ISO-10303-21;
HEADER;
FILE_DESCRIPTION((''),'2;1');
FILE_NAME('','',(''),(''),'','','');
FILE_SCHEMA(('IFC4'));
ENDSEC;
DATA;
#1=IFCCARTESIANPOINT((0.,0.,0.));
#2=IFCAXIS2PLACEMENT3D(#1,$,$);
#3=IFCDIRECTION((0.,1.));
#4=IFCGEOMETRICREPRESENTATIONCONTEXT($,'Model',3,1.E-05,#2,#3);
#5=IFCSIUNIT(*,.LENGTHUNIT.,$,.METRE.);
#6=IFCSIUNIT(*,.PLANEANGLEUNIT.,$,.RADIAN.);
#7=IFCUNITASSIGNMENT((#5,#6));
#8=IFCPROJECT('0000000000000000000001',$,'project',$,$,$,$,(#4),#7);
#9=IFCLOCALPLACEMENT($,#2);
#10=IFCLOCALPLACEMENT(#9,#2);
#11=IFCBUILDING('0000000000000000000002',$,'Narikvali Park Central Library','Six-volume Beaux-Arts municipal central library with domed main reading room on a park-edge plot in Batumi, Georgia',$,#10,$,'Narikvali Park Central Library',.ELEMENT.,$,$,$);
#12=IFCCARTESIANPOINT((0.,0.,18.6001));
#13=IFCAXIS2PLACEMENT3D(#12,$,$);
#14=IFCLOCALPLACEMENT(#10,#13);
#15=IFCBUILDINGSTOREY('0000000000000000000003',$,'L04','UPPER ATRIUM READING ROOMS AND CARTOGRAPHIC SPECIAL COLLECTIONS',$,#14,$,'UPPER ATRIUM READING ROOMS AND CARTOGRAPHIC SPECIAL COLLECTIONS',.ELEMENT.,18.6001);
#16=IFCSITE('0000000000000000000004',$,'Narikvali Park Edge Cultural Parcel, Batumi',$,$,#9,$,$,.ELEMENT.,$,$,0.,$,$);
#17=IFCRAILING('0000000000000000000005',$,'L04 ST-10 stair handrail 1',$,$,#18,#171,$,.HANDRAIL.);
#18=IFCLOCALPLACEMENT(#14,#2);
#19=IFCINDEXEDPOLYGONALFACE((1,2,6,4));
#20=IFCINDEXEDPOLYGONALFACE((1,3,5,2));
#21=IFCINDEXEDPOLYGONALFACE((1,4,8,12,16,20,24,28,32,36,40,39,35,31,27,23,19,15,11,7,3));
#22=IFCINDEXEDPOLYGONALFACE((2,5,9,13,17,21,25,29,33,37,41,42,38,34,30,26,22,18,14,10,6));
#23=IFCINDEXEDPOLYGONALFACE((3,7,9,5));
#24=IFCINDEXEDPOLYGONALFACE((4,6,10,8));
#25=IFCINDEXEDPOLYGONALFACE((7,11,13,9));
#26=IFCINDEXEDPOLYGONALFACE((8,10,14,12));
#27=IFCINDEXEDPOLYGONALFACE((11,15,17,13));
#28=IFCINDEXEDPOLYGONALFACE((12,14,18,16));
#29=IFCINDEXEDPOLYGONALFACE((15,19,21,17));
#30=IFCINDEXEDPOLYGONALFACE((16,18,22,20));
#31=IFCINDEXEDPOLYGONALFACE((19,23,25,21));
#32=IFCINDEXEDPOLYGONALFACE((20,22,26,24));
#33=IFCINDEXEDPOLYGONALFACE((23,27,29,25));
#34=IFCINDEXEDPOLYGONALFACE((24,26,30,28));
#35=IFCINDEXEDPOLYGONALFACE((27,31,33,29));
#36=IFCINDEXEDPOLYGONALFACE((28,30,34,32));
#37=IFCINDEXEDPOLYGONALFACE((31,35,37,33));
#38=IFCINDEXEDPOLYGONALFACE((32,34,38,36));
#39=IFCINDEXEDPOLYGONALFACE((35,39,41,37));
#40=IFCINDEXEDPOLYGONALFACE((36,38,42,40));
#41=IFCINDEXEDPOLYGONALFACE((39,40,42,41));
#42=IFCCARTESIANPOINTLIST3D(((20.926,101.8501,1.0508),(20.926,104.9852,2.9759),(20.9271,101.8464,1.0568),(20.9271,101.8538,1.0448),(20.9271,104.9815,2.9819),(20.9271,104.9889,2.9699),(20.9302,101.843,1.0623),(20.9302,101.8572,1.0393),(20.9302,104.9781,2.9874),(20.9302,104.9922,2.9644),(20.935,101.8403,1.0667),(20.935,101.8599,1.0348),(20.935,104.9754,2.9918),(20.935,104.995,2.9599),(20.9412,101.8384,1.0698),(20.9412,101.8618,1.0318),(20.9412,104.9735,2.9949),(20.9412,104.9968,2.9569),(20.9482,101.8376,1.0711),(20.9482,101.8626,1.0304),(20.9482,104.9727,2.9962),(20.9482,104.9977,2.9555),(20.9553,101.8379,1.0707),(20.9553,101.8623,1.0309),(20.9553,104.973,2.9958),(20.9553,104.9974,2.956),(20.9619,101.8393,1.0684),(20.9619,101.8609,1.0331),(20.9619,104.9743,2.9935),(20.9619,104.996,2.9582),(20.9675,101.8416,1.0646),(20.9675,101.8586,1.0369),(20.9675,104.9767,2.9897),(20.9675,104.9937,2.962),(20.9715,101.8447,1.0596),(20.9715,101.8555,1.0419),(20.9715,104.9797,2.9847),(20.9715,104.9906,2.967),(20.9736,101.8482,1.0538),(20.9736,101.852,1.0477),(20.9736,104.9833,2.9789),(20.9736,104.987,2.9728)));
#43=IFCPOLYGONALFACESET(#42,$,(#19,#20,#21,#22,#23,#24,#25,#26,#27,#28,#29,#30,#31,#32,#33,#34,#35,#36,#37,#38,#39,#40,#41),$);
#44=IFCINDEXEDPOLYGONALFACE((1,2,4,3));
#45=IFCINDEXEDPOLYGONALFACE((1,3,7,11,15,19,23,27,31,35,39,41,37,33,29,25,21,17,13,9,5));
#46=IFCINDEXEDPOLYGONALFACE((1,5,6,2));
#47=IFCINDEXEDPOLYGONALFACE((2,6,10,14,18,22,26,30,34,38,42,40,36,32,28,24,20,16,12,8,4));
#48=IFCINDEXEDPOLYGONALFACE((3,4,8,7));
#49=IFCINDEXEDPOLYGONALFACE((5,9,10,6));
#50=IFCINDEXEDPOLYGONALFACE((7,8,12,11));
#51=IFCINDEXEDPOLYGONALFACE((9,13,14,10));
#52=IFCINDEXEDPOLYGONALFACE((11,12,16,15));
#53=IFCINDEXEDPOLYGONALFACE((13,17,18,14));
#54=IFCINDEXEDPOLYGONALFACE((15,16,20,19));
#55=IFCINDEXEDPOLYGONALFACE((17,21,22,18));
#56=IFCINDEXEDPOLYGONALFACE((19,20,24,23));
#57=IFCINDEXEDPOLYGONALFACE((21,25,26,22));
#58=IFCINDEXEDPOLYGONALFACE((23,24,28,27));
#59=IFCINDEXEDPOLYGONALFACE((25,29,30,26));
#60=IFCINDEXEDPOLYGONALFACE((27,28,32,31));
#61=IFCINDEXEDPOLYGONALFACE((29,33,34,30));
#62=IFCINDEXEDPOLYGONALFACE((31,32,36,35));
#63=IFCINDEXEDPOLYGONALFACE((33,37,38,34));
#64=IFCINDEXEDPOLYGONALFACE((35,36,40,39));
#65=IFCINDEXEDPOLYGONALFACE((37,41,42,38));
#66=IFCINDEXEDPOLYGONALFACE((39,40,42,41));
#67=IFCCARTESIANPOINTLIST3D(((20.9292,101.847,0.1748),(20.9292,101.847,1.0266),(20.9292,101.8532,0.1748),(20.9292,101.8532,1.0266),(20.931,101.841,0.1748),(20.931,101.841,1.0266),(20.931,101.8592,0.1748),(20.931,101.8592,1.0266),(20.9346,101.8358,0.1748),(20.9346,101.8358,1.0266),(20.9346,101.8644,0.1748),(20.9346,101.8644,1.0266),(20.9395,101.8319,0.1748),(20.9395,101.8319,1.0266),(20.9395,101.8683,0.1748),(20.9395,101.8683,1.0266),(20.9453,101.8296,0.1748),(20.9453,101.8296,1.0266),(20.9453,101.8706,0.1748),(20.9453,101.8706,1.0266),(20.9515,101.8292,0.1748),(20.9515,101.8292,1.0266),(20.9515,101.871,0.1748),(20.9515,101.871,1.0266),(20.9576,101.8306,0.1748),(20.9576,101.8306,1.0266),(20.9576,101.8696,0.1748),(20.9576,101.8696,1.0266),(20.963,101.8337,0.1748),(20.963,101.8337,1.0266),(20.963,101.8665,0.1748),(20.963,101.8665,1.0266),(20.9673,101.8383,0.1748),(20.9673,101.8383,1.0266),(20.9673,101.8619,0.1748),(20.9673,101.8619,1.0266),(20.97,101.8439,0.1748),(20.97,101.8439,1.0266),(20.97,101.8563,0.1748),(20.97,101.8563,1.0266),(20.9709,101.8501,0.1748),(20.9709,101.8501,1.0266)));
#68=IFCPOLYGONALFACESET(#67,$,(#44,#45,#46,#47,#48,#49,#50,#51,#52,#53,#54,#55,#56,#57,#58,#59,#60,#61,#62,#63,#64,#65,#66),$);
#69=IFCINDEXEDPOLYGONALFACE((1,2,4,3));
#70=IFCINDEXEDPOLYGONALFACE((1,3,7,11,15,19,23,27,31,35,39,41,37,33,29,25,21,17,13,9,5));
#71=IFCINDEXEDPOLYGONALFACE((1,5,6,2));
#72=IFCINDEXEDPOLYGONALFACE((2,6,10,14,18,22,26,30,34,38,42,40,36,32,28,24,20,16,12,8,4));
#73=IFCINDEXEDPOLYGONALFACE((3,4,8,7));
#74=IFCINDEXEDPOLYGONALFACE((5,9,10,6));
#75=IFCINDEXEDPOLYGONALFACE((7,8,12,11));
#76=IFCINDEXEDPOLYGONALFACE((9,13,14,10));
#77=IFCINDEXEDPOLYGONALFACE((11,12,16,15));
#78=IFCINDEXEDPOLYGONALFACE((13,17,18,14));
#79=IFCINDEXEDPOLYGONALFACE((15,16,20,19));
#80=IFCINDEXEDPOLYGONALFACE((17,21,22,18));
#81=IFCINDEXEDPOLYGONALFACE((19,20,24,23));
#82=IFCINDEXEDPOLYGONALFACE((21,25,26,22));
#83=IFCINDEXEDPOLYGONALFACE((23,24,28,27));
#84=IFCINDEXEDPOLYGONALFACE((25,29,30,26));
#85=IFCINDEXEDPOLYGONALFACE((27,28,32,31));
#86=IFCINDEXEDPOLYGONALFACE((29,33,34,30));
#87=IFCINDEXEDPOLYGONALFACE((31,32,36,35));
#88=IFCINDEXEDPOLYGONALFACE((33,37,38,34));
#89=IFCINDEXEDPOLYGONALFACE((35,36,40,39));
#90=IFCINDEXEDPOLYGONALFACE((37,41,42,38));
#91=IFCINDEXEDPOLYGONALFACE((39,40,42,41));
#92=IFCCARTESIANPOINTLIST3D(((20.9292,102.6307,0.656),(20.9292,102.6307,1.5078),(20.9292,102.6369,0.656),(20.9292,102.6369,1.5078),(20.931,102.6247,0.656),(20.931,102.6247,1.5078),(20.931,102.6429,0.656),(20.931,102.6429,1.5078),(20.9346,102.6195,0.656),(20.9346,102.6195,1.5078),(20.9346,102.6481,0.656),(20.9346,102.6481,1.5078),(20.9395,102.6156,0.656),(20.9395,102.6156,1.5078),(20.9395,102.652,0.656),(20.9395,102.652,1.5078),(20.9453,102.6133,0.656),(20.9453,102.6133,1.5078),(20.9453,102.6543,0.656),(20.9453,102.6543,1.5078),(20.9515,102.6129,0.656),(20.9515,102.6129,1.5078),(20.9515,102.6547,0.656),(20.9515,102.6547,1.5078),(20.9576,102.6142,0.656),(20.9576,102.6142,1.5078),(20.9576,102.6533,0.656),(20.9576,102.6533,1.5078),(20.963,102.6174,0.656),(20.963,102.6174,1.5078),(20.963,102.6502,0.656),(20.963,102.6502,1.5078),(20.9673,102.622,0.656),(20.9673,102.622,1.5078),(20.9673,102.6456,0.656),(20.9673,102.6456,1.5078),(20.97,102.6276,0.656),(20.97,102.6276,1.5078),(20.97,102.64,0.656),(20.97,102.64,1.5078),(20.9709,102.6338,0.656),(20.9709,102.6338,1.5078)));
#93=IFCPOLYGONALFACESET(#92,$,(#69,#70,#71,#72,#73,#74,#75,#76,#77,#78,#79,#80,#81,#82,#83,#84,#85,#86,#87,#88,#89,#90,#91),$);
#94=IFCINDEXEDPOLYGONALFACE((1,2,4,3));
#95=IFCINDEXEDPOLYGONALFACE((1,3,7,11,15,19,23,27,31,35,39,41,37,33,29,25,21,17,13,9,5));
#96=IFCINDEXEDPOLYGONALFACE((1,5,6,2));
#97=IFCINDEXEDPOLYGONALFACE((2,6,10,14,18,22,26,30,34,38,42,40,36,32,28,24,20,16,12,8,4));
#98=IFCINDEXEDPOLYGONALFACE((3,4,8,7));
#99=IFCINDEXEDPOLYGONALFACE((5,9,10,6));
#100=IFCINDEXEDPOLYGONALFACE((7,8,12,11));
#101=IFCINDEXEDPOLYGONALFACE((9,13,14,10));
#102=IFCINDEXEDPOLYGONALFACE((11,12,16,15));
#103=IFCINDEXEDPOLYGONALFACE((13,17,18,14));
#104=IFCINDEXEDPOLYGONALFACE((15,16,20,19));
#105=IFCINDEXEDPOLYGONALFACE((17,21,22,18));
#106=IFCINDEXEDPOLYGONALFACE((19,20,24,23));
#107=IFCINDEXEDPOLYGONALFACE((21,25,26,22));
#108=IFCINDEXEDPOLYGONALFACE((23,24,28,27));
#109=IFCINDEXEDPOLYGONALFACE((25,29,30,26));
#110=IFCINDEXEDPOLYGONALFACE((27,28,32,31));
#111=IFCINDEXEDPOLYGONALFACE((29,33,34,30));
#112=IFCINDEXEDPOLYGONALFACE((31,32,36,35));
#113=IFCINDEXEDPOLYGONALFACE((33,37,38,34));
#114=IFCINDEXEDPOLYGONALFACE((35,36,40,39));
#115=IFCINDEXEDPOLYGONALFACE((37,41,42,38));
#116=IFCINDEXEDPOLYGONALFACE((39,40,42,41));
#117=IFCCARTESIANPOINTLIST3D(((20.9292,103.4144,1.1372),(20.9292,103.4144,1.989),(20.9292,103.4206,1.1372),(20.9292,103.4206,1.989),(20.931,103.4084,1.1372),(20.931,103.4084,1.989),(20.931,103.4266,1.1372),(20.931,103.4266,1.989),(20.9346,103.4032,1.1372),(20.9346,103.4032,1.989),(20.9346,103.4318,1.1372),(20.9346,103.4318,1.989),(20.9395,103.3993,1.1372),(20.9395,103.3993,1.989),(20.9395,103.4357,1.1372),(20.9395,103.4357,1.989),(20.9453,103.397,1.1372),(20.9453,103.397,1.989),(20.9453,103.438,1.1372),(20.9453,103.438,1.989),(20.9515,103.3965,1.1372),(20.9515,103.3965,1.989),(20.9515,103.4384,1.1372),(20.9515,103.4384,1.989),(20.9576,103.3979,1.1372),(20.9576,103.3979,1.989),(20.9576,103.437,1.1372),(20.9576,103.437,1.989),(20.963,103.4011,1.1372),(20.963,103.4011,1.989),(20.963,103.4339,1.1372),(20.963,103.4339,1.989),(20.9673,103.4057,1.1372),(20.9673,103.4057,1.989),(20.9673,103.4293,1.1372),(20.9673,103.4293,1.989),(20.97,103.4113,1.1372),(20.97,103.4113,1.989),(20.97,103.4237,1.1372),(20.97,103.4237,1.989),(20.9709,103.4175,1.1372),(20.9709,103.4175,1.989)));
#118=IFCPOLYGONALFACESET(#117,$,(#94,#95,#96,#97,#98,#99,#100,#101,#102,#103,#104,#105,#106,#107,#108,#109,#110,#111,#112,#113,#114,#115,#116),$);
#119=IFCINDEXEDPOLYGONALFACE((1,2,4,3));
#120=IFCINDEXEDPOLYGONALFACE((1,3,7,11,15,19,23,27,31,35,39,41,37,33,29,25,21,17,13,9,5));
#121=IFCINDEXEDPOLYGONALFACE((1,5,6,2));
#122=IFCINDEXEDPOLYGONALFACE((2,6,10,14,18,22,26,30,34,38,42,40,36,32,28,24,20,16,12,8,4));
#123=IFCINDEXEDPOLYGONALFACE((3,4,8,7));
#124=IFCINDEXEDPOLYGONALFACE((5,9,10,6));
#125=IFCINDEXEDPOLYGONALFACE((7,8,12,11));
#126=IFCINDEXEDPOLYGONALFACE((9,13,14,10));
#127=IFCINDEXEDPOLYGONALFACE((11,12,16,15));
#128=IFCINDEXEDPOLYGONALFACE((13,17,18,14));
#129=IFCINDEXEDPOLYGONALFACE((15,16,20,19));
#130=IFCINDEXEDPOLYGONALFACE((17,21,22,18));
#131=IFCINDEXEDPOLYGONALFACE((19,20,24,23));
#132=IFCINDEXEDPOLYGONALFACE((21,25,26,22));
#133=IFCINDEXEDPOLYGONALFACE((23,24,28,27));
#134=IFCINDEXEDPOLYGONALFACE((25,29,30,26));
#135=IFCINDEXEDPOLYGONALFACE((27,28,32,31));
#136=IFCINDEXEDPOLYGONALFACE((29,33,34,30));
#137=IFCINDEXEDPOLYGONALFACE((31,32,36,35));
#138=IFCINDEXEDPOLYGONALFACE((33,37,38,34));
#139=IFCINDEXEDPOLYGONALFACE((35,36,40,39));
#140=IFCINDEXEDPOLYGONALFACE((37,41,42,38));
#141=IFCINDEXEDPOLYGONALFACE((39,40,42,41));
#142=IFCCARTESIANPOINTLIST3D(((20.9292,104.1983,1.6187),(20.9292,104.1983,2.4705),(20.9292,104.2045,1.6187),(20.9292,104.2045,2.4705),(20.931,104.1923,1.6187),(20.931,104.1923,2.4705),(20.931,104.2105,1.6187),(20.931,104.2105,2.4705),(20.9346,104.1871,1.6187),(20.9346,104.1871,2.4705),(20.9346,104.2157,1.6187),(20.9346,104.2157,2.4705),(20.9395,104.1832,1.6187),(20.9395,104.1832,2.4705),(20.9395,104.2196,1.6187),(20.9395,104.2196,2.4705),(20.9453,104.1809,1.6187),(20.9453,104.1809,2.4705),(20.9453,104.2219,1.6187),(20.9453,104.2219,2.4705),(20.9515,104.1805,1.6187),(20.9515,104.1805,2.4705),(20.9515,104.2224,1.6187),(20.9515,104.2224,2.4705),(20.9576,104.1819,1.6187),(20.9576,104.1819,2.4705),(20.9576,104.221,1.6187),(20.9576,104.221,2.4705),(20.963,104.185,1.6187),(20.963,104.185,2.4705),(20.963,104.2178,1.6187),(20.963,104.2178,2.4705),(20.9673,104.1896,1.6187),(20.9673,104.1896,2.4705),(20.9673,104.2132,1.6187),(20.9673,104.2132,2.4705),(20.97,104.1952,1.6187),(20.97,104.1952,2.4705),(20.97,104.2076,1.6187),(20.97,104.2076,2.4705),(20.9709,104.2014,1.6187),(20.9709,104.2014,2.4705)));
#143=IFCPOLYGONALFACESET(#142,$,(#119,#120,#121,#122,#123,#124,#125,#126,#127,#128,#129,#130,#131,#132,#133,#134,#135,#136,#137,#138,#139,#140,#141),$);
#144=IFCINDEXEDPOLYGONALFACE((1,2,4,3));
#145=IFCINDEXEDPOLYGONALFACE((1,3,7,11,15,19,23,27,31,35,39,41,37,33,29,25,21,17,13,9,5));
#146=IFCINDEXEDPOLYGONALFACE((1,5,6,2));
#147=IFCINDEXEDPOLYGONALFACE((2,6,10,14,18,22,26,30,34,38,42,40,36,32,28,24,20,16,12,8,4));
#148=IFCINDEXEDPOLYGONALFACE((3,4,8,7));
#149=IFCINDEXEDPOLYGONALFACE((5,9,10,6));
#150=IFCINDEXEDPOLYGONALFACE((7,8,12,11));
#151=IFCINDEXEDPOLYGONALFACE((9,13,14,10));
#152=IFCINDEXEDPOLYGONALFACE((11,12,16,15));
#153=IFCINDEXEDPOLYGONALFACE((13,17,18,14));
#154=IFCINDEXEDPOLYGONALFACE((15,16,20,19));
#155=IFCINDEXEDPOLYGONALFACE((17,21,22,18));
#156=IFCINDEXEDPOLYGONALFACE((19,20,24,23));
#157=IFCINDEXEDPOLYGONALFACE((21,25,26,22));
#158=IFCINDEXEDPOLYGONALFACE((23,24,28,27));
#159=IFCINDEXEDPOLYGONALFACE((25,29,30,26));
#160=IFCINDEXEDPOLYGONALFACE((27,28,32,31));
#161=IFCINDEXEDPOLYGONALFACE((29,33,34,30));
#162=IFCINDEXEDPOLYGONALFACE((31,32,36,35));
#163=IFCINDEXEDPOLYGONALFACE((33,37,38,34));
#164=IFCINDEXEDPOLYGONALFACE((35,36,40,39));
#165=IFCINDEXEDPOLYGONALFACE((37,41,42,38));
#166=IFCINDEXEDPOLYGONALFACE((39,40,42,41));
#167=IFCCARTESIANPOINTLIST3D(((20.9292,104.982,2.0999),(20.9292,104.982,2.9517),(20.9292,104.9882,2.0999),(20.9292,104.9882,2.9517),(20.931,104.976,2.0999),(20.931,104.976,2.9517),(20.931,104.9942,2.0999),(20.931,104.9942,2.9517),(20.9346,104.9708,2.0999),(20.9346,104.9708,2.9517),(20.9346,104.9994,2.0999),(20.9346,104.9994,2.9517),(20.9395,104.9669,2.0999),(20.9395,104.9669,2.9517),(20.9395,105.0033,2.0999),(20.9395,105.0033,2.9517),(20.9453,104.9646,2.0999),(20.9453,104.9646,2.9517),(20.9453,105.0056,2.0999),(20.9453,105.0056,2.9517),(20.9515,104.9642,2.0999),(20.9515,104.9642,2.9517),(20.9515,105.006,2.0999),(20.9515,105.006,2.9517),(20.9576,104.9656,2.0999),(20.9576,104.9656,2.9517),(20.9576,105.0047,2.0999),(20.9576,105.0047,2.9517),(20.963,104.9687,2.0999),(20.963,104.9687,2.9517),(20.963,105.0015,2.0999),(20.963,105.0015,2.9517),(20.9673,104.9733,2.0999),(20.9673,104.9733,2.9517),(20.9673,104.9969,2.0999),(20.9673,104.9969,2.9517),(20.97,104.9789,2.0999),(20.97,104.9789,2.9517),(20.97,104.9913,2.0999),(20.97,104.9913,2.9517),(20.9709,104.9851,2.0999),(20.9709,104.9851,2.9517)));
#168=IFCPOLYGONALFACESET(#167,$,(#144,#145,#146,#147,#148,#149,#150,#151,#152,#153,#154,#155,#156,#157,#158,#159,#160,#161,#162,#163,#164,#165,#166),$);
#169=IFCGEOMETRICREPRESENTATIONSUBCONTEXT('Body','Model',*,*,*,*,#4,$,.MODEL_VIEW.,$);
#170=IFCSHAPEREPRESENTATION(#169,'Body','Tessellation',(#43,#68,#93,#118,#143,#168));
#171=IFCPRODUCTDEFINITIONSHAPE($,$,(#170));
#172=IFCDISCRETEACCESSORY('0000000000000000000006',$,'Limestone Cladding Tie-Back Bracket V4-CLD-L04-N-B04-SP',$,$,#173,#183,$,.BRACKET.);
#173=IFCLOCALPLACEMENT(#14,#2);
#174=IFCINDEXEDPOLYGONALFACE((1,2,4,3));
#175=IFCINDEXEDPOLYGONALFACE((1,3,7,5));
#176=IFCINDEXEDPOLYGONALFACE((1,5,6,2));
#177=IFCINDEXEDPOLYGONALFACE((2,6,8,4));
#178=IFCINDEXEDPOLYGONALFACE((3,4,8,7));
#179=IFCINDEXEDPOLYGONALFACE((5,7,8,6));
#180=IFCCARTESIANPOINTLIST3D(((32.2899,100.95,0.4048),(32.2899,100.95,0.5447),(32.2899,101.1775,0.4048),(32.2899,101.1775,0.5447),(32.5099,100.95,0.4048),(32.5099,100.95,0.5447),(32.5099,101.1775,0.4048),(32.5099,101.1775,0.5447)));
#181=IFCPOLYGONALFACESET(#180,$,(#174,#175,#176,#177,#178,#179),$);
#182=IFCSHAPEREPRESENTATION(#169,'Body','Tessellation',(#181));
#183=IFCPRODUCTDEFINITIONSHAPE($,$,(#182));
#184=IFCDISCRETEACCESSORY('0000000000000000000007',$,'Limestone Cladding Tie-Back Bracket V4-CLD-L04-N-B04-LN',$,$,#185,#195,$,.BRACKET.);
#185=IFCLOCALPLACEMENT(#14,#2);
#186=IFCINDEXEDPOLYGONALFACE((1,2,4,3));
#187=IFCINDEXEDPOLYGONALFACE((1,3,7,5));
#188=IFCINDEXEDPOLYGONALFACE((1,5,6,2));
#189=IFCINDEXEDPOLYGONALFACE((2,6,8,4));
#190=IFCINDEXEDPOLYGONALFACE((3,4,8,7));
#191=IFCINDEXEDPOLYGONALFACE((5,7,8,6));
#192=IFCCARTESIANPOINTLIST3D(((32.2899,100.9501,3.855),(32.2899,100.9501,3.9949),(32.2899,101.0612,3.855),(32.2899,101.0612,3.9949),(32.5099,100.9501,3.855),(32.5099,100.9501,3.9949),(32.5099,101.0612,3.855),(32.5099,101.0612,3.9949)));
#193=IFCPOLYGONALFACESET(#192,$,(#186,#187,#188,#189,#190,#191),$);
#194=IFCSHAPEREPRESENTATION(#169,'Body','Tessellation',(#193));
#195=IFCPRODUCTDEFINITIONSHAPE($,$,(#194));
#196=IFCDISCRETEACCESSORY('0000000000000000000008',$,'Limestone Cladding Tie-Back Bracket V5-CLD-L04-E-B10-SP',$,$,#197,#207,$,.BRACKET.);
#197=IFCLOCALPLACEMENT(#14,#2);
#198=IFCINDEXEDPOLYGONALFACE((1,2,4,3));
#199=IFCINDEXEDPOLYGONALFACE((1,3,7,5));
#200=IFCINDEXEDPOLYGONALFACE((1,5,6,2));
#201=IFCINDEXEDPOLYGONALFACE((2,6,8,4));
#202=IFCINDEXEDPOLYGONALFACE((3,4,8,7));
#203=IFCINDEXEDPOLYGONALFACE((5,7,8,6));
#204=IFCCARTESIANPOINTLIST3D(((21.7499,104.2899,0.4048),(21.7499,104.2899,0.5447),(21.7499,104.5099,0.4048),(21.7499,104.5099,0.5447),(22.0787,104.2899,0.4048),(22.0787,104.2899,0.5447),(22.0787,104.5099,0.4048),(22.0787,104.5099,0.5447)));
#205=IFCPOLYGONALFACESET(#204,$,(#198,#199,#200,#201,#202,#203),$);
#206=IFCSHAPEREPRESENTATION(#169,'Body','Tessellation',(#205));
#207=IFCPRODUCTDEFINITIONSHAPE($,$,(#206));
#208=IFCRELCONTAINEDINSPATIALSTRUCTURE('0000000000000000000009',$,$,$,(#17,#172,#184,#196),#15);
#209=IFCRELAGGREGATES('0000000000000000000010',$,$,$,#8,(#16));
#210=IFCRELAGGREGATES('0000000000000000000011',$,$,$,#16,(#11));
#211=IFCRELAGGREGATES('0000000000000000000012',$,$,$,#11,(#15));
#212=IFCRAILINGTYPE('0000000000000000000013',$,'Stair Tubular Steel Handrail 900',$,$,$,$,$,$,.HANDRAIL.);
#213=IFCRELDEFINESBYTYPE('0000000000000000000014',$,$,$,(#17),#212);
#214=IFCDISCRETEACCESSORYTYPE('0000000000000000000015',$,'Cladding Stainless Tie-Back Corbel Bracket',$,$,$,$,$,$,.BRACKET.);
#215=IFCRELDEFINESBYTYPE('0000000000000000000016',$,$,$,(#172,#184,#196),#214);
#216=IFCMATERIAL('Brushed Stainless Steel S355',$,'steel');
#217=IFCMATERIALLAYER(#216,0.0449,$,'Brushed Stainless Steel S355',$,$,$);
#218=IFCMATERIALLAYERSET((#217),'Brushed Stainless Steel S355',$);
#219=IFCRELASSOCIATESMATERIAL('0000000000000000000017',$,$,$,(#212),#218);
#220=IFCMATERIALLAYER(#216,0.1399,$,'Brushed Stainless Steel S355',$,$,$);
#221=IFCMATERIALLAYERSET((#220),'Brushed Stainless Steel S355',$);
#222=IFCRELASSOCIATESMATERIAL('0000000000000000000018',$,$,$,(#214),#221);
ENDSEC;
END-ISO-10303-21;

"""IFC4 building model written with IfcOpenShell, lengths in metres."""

from ifc_helpers import new_model, si_unit, direction, frame, origin, origin_2d, place, context, subcontext, project, spatial, rectangle, circle, extrude, material, layer, layer_set, type_object, element, save


model = new_model("IFC4")

# Units and contexts
model_context = context("Model", 3, precision=1e-05, world=origin(), true_north=direction((0.0, 1.0)))
body_context = subcontext(model_context, "Body", "Model", "MODEL_VIEW")
ifc_project = project(units=[si_unit("LENGTHUNIT", "METRE"), si_unit("PLANEANGLEUNIT", "RADIAN")], contexts=[model_context])

# Site, building, storey
site_placement = place(None, origin())
site = spatial("IfcSite", under=ifc_project, at=site_placement, Name="Narikvali Park Edge Cultural Parcel, Batumi", CompositionType="ELEMENT", RefElevation=0.0)
building_placement = place(site_placement, origin())
building = spatial("IfcBuilding", under=site, at=building_placement, Name="Narikvali Park Central Library", Description="Six-volume Beaux-Arts municipal central library with domed main reading room on a park-edge plot in Batumi, Georgia", LongName="Narikvali Park Central Library", CompositionType="ELEMENT")
storey_placement = place(building_placement, frame((0.0, 0.0, 18.6001)))
storey = spatial("IfcBuildingStorey", under=building, at=storey_placement, Name="L04", Description="UPPER ATRIUM READING ROOMS AND CARTOGRAPHIC SPECIAL COLLECTIONS", LongName="UPPER ATRIUM READING ROOMS AND CARTOGRAPHIC SPECIAL COLLECTIONS", CompositionType="ELEMENT", Elevation=18.6001)

# Railing
ifc_material_1 = material(Name="Brushed Stainless Steel S355", Category="steel")
ifc_layer_1 = layer(ifc_material_1, 0.0449, Name="Brushed Stainless Steel S355")
ifc_layer_set_1 = layer_set([ifc_layer_1], Name="Brushed Stainless Steel S355")
railing_type_1 = type_object("IfcRailingType", Name="Stair Tubular Steel Handrail 900", PredefinedType="HANDRAIL", material=ifc_layer_set_1)
railing_1_placement = place(storey_placement, frame((20.95, 101.8501, 0.1748)))
element("IfcRailing", 1, at=railing_1_placement, inside=storey, type_object=railing_type_1, Name="L04 ST-10 stair handrail 1", PredefinedType="HANDRAIL", context=body_context, shape_type="SweptSolid", body=[
    extrude(circle(Radius=0.0239, at=origin_2d()), frame((0.0, 0.0, 0.876), z_axis=(0.0, 0.852166, 0.523271), x_axis=(-1.0, 0.0, 0.0)), (0.0, 0.0, 1.0), 3.679),
    extrude(circle(Radius=0.021, at=origin_2d()), origin(), (0.0, 0.0, 1.0), 0.8518),
    extrude(circle(Radius=0.021, at=origin_2d()), frame((0.0, 0.7837, 0.4812)), (0.0, 0.0, 1.0), 0.8518),
    extrude(circle(Radius=0.021, at=origin_2d()), frame((0.0, 1.5674, 0.9624)), (0.0, 0.0, 1.0), 0.8518),
    extrude(circle(Radius=0.021, at=origin_2d()), frame((0.0, 2.3513, 1.4438)), (0.0, 0.0, 1.0), 0.8518),
    extrude(circle(Radius=0.021, at=origin_2d()), frame((0.0, 3.135, 1.925)), (0.0, 0.0, 1.0), 0.8518),
])

# Discrete accessories
ifc_layer_2 = layer(ifc_material_1, 0.1399, Name="Brushed Stainless Steel S355")
ifc_layer_set_2 = layer_set([ifc_layer_2], Name="Brushed Stainless Steel S355")
discrete_accessory_type = type_object("IfcDiscreteAccessoryType", Name="Cladding Stainless Tie-Back Corbel Bracket", PredefinedType="BRACKET", material=ifc_layer_set_2)
discrete_accessory_1_placement = place(storey_placement, frame((32.3999, 101.0637, 0.4048), z_axis=(0.0, 0.0, 1.0), x_axis=(1.0, 0.0, 0.0)))
element("IfcDiscreteAccessory", 2, at=discrete_accessory_1_placement, inside=storey, type_object=discrete_accessory_type, Name="Limestone Cladding Tie-Back Bracket V4-CLD-L04-N-B04-SP", PredefinedType="BRACKET", context=body_context, shape_type="SweptSolid", body=[
    extrude(rectangle(XDim=0.22, YDim=0.2275, at=origin_2d()), origin(), (0.0, 0.0, 1.0), 0.1399),
])
discrete_accessory_2_placement = place(storey_placement, frame((32.3999, 101.0056, 3.855), z_axis=(0.0, 0.0, 1.0), x_axis=(1.0, 0.0, 0.0)))
element("IfcDiscreteAccessory", 3, at=discrete_accessory_2_placement, inside=storey, type_object=discrete_accessory_type, Name="Limestone Cladding Tie-Back Bracket V4-CLD-L04-N-B04-LN", PredefinedType="BRACKET", context=body_context, shape_type="SweptSolid", body=[
    extrude(rectangle(XDim=0.22, YDim=0.1111, at=origin_2d()), origin(), (0.0, 0.0, 1.0), 0.1399),
])
discrete_accessory_3_placement = place(storey_placement, frame((21.9143, 104.3999, 0.4048), z_axis=(0.0, 0.0, 1.0), x_axis=(1.0, 0.0, 0.0)))
element("IfcDiscreteAccessory", 4, at=discrete_accessory_3_placement, inside=storey, type_object=discrete_accessory_type, Name="Limestone Cladding Tie-Back Bracket V5-CLD-L04-E-B10-SP", PredefinedType="BRACKET", context=body_context, shape_type="SweptSolid", body=[
    extrude(rectangle(XDim=0.3289, YDim=0.22, at=origin_2d()), origin(), (0.0, 0.0, 1.0), 0.1399),
])

save(model, "model.ifc")
